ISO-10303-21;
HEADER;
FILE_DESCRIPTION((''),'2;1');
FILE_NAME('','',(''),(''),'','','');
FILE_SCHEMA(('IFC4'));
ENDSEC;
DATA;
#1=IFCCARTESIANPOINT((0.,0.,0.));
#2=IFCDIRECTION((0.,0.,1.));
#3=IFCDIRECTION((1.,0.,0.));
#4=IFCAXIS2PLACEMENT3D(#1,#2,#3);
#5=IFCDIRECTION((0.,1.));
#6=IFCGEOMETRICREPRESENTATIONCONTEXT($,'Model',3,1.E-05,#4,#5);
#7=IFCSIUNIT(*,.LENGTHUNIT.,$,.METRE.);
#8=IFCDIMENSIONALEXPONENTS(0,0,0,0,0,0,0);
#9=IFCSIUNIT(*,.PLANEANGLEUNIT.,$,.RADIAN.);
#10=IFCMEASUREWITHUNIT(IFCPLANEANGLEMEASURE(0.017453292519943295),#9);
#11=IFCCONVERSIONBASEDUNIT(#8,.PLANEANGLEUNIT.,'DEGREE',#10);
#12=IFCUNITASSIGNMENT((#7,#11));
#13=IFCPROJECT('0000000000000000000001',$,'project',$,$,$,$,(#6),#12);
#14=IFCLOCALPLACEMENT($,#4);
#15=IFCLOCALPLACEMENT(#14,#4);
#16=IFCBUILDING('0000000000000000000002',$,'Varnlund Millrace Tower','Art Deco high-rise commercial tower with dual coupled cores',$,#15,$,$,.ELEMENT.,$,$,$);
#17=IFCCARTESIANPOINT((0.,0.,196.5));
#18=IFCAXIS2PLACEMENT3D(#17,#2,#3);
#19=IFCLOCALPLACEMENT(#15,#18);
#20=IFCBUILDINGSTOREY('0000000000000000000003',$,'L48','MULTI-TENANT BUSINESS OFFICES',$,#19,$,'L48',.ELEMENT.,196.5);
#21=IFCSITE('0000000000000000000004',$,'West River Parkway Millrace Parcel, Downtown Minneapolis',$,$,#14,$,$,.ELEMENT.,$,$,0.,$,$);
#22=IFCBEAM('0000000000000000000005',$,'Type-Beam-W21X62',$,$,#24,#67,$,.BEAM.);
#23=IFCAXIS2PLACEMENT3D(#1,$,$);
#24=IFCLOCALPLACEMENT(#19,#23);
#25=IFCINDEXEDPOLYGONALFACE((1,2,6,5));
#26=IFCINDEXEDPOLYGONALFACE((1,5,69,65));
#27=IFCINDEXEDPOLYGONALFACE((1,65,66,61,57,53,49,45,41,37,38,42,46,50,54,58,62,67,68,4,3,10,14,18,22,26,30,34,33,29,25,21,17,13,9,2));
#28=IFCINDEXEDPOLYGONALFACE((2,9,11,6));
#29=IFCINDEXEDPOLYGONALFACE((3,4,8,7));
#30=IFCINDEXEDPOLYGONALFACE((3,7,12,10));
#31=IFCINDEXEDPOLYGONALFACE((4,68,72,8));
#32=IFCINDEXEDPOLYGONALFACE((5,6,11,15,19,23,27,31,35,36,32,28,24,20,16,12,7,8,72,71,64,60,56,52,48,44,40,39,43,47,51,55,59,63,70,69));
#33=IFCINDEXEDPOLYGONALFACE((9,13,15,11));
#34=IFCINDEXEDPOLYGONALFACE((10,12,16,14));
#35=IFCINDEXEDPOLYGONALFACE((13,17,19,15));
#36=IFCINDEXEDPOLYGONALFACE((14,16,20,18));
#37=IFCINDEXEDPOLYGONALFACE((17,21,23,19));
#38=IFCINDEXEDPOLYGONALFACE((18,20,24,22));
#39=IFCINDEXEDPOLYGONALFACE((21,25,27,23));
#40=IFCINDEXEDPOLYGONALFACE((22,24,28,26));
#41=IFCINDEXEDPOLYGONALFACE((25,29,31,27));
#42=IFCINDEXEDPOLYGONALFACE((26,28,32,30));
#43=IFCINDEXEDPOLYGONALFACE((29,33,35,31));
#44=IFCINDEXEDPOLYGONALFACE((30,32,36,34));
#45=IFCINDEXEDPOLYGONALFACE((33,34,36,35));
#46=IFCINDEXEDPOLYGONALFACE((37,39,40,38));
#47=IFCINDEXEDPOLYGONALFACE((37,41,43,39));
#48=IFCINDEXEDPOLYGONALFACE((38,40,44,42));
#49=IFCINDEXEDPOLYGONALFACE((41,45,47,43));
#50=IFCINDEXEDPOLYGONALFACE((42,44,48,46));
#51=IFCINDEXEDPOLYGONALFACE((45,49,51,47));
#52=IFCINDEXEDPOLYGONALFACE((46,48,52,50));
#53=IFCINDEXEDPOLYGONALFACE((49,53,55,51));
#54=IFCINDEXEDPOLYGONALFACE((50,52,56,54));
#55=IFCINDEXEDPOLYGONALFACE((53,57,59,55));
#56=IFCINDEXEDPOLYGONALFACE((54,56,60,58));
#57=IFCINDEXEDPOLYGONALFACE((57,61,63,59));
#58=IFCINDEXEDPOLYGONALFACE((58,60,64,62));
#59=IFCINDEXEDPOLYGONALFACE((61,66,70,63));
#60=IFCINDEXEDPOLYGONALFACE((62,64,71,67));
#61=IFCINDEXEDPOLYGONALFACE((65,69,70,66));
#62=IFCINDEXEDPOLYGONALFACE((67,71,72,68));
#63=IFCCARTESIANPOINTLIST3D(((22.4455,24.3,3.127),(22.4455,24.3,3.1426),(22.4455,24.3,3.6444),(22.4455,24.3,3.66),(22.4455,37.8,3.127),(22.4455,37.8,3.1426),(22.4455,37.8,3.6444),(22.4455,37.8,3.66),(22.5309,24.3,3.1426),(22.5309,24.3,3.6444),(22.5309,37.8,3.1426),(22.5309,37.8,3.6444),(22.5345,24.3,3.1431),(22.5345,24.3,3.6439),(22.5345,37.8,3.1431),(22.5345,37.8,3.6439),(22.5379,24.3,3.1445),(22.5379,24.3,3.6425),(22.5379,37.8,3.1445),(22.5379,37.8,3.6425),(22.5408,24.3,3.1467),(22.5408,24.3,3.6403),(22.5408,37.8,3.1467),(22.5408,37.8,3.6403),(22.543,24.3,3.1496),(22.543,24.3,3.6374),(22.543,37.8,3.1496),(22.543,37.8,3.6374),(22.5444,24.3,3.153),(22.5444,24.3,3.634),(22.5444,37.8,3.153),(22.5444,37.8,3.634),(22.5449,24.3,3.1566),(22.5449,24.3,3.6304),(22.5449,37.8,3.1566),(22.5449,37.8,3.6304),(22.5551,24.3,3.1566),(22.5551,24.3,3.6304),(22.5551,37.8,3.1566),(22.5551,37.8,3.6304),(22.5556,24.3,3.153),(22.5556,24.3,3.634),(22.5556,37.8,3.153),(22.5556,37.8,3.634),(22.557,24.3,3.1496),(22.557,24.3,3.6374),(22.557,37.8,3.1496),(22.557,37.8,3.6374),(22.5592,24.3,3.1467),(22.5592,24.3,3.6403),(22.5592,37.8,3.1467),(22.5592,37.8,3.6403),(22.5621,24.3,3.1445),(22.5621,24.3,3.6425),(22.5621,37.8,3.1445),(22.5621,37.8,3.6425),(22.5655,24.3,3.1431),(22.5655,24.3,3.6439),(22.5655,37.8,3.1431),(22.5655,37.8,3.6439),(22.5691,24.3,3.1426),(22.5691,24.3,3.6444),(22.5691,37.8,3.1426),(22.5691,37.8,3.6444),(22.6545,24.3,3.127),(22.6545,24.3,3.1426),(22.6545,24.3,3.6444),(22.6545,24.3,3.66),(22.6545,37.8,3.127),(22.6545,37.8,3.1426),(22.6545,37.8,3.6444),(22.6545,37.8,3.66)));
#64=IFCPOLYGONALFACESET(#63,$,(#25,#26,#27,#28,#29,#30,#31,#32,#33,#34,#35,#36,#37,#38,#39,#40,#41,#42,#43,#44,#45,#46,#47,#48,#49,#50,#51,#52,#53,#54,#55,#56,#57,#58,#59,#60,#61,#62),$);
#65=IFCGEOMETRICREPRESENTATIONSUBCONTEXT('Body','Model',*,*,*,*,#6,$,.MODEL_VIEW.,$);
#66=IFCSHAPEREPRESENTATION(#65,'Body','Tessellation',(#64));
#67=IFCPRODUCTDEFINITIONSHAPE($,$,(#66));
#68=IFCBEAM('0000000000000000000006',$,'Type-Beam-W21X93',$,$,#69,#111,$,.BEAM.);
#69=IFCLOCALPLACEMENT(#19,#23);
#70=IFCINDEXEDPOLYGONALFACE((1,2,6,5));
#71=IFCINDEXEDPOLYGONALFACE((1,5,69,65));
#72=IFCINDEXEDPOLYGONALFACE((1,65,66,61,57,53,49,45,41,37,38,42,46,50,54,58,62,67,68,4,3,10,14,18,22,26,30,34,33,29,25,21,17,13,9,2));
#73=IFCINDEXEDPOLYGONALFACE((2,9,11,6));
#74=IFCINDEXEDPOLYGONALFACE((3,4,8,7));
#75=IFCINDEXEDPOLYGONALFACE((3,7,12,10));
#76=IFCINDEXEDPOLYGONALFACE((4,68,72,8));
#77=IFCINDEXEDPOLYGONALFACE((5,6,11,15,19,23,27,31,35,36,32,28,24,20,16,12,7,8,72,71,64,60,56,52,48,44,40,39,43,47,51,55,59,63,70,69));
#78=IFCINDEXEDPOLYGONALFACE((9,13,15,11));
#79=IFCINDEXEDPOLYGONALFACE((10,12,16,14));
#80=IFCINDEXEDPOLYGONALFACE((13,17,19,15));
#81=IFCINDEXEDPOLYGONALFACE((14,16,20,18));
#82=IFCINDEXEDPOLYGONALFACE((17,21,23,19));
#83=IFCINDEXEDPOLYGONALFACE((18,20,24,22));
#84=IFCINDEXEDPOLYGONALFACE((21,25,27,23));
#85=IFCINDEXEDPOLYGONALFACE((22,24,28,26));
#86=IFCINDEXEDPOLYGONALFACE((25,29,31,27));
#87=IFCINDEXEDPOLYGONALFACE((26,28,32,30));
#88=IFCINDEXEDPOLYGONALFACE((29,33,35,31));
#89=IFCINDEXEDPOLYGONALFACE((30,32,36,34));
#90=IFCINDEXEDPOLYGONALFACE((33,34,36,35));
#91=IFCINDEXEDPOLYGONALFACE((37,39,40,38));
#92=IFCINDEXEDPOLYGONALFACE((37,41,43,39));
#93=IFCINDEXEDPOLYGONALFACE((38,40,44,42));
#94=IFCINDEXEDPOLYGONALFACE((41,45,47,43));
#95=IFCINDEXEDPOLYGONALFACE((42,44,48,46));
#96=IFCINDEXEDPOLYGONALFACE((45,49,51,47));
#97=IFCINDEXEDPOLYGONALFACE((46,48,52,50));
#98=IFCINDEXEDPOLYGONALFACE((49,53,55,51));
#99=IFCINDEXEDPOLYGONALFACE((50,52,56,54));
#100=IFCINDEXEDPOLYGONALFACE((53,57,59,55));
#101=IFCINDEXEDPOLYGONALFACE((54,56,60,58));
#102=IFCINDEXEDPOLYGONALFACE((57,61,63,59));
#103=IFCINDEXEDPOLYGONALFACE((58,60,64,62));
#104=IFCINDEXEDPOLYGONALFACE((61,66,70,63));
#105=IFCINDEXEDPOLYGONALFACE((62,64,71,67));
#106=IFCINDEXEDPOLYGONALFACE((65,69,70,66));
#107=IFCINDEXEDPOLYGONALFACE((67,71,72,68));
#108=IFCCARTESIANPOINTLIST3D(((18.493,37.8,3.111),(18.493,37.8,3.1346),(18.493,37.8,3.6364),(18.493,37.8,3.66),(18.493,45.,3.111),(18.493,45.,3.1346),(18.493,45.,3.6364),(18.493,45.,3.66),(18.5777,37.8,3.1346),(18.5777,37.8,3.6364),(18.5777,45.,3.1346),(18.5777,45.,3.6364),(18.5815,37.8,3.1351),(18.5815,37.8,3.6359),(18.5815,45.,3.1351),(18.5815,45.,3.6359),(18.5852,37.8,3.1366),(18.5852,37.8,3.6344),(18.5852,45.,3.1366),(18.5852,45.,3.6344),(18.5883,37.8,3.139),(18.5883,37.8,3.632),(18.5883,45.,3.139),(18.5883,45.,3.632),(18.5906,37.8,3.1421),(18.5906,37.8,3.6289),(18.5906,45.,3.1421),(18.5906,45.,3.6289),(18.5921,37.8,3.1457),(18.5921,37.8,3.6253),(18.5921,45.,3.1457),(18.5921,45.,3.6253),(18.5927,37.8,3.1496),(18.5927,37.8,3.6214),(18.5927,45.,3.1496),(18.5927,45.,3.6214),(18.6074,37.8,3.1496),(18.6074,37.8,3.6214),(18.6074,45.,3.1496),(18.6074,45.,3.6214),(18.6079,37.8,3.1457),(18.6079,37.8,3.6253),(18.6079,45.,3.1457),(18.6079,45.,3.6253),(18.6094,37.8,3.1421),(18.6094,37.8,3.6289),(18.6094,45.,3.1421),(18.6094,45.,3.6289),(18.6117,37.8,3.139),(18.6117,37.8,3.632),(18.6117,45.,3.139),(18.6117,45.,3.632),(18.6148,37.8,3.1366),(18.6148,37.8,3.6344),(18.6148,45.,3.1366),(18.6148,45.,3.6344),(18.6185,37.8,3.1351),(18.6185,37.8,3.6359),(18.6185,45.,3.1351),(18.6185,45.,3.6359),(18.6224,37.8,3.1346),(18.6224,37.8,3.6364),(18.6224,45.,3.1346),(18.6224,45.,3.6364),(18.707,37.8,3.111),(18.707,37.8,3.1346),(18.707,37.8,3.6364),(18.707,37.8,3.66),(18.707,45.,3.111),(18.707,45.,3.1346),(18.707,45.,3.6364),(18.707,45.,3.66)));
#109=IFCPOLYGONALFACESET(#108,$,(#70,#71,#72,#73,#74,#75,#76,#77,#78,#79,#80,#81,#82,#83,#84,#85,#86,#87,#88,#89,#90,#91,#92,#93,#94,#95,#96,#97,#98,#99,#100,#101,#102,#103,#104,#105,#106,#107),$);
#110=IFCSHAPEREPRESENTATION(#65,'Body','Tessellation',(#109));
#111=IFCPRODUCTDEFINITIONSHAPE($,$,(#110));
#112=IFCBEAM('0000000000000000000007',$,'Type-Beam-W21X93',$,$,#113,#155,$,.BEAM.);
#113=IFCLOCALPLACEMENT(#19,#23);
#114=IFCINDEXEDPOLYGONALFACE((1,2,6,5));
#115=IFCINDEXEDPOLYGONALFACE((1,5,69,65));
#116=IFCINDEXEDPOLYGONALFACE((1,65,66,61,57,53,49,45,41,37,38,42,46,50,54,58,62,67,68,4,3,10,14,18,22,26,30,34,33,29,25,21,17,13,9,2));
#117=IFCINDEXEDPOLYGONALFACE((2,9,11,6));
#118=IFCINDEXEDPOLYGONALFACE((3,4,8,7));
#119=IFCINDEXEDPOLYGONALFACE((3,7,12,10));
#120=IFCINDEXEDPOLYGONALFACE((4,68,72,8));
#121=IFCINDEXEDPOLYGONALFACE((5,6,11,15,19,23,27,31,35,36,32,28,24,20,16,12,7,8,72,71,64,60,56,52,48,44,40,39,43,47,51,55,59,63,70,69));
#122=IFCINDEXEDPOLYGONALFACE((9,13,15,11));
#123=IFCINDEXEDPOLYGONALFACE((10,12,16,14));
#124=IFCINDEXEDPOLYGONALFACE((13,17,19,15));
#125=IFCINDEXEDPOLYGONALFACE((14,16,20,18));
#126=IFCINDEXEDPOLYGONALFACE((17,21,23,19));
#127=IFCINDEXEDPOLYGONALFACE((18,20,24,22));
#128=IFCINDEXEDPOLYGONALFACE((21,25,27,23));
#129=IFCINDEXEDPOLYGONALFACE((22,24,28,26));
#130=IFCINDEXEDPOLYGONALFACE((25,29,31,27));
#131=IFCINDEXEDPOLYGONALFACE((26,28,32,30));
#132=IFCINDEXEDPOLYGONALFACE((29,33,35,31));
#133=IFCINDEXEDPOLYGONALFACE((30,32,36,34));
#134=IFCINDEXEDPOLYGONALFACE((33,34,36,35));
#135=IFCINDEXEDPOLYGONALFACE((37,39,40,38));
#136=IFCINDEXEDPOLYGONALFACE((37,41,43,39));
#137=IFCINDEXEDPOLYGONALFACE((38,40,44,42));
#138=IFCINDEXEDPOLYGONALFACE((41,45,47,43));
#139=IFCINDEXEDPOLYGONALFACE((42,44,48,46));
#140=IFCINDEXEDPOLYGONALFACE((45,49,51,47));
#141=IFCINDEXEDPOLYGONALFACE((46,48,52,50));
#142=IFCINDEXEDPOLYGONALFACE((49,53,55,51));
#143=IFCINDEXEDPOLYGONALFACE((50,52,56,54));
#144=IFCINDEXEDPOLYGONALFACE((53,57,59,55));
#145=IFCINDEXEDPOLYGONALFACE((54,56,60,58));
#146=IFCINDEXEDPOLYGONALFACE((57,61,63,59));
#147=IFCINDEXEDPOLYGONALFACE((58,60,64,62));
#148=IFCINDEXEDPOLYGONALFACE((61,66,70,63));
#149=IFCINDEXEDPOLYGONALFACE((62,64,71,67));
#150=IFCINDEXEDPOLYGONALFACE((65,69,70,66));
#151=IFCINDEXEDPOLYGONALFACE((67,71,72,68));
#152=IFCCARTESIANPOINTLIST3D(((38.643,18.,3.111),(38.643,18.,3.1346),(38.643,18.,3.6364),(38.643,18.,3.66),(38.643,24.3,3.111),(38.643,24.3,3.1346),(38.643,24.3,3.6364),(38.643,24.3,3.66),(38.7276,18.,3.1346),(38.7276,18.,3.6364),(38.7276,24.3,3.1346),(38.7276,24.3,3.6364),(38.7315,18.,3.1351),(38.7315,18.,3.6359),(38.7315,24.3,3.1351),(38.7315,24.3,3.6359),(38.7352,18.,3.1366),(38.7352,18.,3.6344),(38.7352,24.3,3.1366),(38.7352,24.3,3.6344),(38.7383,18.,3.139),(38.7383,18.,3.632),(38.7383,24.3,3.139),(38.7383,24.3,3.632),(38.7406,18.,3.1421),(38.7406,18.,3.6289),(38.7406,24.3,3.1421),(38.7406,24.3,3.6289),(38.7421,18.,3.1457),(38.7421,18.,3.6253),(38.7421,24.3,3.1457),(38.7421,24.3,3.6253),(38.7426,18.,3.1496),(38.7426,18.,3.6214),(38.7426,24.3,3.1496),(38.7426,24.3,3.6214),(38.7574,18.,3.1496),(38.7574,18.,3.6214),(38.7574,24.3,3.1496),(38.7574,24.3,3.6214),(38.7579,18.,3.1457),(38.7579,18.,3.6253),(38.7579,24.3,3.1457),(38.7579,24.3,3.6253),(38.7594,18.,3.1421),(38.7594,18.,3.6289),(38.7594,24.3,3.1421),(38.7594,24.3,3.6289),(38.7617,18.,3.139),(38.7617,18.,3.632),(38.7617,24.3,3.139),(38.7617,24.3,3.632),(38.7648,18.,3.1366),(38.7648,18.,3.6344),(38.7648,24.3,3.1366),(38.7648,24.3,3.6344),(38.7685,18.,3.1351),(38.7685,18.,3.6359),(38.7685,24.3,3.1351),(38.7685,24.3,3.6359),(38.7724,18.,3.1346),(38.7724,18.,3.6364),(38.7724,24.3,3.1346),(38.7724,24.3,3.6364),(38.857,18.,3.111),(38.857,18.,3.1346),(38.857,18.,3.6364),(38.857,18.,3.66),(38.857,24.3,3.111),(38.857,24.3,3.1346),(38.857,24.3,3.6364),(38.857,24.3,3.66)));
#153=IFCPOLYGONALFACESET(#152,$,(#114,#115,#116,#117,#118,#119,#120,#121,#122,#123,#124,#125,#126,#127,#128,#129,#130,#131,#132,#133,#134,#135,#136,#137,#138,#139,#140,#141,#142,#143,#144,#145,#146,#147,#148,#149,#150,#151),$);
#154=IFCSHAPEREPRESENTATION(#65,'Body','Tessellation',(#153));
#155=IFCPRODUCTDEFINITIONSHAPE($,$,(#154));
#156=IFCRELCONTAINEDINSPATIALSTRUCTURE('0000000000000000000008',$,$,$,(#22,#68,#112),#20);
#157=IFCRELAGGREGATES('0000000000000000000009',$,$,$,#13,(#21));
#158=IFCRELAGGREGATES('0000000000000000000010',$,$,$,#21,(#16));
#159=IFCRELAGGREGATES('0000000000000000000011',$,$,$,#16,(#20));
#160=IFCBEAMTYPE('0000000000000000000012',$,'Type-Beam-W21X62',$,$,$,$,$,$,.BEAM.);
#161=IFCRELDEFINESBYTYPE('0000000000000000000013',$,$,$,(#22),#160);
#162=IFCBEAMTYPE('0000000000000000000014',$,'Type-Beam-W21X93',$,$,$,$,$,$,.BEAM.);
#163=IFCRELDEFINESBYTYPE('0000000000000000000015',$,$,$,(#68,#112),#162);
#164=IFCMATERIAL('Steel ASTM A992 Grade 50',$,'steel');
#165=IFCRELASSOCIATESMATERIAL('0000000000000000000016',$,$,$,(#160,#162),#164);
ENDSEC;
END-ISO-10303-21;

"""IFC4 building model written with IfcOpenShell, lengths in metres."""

from ifc_helpers import new_model, entity, si_unit, converted_unit, direction, frame, origin_with_axes, origin_2d_with_axis, place, context, subcontext, project, spatial, i_section, extrude, material, material_profile, profile_set, type_object, element, save


model = new_model("IFC4")

# Units and contexts
model_context = context("Model", 3, precision=1e-05, world=origin_with_axes(), true_north=direction((0.0, 1.0)))
body_context = subcontext(model_context, "Body", "Model", "MODEL_VIEW")
ifc_project = project(units=[si_unit("LENGTHUNIT", "METRE"), converted_unit("PLANEANGLEUNIT", "DEGREE", entity("IfcPlaneAngleMeasure", 0.017453292519943295), si_unit("PLANEANGLEUNIT", "RADIAN"), dimensions=[0, 0, 0, 0, 0, 0, 0])], contexts=[model_context])

# Site, building, storey
site_placement = place(None, origin_with_axes())
site = spatial("IfcSite", under=ifc_project, at=site_placement, Name="West River Parkway Millrace Parcel, Downtown Minneapolis", CompositionType="ELEMENT", RefElevation=0.0)
building_placement = place(site_placement, origin_with_axes())
building = spatial("IfcBuilding", under=site, at=building_placement, Name="Varnlund Millrace Tower", Description="Art Deco high-rise commercial tower with dual coupled cores", CompositionType="ELEMENT")
storey_placement = place(building_placement, frame((0.0, 0.0, 196.5), z_axis=(0.0, 0.0, 1.0), x_axis=(1.0, 0.0, 0.0)))
storey = spatial("IfcBuildingStorey", under=building, at=storey_placement, Name="L48", Description="MULTI-TENANT BUSINESS OFFICES", LongName="L48", CompositionType="ELEMENT", Elevation=196.5)

# Beams
ifc_material_1 = material(Name="Steel ASTM A992 Grade 50", Category="steel")
ifc_material_profile_1 = material_profile(ifc_material_1, i_section(OverallWidth=0.209, OverallDepth=0.533, WebThickness=0.0102, FlangeThickness=0.0156, FilletRadius=0.014, at=origin_2d_with_axis()), Name="Steel ASTM A992 Grade 50")
ifc_profile_set_1 = profile_set([ifc_material_profile_1], Name="Steel ASTM A992 Grade 50")
beam_type_1 = type_object("IfcBeamType", Name="Type-Beam-W21X62", PredefinedType="BEAM", material=ifc_profile_set_1)
beam_1_placement = place(storey_placement, frame((22.55, 24.3, 3.3935), z_axis=(0.0, 1.0, 0.0), x_axis=(-1.0, 0.0, 0.0)))
element("IfcBeam", 1, at=beam_1_placement, inside=storey, type_object=beam_type_1, Name="Type-Beam-W21X62", PredefinedType="BEAM", context=body_context, shape_type="SweptSolid", body=[
    extrude(i_section(OverallWidth=0.209, OverallDepth=0.533, WebThickness=0.0102, FlangeThickness=0.0156, FilletRadius=0.014, at=origin_2d_with_axis()), origin_with_axes(), (0.0, 0.0, 1.0), 13.5),
])
ifc_material_profile_2 = material_profile(ifc_material_1, i_section(OverallWidth=0.214, OverallDepth=0.549, WebThickness=0.0147, FlangeThickness=0.0236, FilletRadius=0.015, at=origin_2d_with_axis()), Name="Steel ASTM A992 Grade 50")
ifc_profile_set_2 = profile_set([ifc_material_profile_2], Name="Steel ASTM A992 Grade 50")
beam_type_2 = type_object("IfcBeamType", Name="Type-Beam-W21X93", PredefinedType="BEAM", material=ifc_profile_set_2)
beam_2_placement = place(storey_placement, frame((18.6, 37.8, 3.3855), z_axis=(0.0, 1.0, 0.0), x_axis=(-1.0, 0.0, 0.0)))
element("IfcBeam", 2, at=beam_2_placement, inside=storey, type_object=beam_type_2, Name="Type-Beam-W21X93", PredefinedType="BEAM", context=body_context, shape_type="SweptSolid", body=[
    extrude(i_section(OverallWidth=0.214, OverallDepth=0.549, WebThickness=0.0147, FlangeThickness=0.0236, FilletRadius=0.015, at=origin_2d_with_axis()), origin_with_axes(), (0.0, 0.0, 1.0), 7.2),
])
beam_3_placement = place(storey_placement, frame((38.75, 18.0, 3.3855), z_axis=(0.0, 1.0, 0.0), x_axis=(-1.0, 0.0, 0.0)))
element("IfcBeam", 3, at=beam_3_placement, inside=storey, type_object=beam_type_2, Name="Type-Beam-W21X93", PredefinedType="BEAM", context=body_context, shape_type="SweptSolid", body=[
    extrude(i_section(OverallWidth=0.214, OverallDepth=0.549, WebThickness=0.0147, FlangeThickness=0.0236, FilletRadius=0.015, at=origin_2d_with_axis()), origin_with_axes(), (0.0, 0.0, 1.0), 6.3),
])

save(model, "model.ifc")
